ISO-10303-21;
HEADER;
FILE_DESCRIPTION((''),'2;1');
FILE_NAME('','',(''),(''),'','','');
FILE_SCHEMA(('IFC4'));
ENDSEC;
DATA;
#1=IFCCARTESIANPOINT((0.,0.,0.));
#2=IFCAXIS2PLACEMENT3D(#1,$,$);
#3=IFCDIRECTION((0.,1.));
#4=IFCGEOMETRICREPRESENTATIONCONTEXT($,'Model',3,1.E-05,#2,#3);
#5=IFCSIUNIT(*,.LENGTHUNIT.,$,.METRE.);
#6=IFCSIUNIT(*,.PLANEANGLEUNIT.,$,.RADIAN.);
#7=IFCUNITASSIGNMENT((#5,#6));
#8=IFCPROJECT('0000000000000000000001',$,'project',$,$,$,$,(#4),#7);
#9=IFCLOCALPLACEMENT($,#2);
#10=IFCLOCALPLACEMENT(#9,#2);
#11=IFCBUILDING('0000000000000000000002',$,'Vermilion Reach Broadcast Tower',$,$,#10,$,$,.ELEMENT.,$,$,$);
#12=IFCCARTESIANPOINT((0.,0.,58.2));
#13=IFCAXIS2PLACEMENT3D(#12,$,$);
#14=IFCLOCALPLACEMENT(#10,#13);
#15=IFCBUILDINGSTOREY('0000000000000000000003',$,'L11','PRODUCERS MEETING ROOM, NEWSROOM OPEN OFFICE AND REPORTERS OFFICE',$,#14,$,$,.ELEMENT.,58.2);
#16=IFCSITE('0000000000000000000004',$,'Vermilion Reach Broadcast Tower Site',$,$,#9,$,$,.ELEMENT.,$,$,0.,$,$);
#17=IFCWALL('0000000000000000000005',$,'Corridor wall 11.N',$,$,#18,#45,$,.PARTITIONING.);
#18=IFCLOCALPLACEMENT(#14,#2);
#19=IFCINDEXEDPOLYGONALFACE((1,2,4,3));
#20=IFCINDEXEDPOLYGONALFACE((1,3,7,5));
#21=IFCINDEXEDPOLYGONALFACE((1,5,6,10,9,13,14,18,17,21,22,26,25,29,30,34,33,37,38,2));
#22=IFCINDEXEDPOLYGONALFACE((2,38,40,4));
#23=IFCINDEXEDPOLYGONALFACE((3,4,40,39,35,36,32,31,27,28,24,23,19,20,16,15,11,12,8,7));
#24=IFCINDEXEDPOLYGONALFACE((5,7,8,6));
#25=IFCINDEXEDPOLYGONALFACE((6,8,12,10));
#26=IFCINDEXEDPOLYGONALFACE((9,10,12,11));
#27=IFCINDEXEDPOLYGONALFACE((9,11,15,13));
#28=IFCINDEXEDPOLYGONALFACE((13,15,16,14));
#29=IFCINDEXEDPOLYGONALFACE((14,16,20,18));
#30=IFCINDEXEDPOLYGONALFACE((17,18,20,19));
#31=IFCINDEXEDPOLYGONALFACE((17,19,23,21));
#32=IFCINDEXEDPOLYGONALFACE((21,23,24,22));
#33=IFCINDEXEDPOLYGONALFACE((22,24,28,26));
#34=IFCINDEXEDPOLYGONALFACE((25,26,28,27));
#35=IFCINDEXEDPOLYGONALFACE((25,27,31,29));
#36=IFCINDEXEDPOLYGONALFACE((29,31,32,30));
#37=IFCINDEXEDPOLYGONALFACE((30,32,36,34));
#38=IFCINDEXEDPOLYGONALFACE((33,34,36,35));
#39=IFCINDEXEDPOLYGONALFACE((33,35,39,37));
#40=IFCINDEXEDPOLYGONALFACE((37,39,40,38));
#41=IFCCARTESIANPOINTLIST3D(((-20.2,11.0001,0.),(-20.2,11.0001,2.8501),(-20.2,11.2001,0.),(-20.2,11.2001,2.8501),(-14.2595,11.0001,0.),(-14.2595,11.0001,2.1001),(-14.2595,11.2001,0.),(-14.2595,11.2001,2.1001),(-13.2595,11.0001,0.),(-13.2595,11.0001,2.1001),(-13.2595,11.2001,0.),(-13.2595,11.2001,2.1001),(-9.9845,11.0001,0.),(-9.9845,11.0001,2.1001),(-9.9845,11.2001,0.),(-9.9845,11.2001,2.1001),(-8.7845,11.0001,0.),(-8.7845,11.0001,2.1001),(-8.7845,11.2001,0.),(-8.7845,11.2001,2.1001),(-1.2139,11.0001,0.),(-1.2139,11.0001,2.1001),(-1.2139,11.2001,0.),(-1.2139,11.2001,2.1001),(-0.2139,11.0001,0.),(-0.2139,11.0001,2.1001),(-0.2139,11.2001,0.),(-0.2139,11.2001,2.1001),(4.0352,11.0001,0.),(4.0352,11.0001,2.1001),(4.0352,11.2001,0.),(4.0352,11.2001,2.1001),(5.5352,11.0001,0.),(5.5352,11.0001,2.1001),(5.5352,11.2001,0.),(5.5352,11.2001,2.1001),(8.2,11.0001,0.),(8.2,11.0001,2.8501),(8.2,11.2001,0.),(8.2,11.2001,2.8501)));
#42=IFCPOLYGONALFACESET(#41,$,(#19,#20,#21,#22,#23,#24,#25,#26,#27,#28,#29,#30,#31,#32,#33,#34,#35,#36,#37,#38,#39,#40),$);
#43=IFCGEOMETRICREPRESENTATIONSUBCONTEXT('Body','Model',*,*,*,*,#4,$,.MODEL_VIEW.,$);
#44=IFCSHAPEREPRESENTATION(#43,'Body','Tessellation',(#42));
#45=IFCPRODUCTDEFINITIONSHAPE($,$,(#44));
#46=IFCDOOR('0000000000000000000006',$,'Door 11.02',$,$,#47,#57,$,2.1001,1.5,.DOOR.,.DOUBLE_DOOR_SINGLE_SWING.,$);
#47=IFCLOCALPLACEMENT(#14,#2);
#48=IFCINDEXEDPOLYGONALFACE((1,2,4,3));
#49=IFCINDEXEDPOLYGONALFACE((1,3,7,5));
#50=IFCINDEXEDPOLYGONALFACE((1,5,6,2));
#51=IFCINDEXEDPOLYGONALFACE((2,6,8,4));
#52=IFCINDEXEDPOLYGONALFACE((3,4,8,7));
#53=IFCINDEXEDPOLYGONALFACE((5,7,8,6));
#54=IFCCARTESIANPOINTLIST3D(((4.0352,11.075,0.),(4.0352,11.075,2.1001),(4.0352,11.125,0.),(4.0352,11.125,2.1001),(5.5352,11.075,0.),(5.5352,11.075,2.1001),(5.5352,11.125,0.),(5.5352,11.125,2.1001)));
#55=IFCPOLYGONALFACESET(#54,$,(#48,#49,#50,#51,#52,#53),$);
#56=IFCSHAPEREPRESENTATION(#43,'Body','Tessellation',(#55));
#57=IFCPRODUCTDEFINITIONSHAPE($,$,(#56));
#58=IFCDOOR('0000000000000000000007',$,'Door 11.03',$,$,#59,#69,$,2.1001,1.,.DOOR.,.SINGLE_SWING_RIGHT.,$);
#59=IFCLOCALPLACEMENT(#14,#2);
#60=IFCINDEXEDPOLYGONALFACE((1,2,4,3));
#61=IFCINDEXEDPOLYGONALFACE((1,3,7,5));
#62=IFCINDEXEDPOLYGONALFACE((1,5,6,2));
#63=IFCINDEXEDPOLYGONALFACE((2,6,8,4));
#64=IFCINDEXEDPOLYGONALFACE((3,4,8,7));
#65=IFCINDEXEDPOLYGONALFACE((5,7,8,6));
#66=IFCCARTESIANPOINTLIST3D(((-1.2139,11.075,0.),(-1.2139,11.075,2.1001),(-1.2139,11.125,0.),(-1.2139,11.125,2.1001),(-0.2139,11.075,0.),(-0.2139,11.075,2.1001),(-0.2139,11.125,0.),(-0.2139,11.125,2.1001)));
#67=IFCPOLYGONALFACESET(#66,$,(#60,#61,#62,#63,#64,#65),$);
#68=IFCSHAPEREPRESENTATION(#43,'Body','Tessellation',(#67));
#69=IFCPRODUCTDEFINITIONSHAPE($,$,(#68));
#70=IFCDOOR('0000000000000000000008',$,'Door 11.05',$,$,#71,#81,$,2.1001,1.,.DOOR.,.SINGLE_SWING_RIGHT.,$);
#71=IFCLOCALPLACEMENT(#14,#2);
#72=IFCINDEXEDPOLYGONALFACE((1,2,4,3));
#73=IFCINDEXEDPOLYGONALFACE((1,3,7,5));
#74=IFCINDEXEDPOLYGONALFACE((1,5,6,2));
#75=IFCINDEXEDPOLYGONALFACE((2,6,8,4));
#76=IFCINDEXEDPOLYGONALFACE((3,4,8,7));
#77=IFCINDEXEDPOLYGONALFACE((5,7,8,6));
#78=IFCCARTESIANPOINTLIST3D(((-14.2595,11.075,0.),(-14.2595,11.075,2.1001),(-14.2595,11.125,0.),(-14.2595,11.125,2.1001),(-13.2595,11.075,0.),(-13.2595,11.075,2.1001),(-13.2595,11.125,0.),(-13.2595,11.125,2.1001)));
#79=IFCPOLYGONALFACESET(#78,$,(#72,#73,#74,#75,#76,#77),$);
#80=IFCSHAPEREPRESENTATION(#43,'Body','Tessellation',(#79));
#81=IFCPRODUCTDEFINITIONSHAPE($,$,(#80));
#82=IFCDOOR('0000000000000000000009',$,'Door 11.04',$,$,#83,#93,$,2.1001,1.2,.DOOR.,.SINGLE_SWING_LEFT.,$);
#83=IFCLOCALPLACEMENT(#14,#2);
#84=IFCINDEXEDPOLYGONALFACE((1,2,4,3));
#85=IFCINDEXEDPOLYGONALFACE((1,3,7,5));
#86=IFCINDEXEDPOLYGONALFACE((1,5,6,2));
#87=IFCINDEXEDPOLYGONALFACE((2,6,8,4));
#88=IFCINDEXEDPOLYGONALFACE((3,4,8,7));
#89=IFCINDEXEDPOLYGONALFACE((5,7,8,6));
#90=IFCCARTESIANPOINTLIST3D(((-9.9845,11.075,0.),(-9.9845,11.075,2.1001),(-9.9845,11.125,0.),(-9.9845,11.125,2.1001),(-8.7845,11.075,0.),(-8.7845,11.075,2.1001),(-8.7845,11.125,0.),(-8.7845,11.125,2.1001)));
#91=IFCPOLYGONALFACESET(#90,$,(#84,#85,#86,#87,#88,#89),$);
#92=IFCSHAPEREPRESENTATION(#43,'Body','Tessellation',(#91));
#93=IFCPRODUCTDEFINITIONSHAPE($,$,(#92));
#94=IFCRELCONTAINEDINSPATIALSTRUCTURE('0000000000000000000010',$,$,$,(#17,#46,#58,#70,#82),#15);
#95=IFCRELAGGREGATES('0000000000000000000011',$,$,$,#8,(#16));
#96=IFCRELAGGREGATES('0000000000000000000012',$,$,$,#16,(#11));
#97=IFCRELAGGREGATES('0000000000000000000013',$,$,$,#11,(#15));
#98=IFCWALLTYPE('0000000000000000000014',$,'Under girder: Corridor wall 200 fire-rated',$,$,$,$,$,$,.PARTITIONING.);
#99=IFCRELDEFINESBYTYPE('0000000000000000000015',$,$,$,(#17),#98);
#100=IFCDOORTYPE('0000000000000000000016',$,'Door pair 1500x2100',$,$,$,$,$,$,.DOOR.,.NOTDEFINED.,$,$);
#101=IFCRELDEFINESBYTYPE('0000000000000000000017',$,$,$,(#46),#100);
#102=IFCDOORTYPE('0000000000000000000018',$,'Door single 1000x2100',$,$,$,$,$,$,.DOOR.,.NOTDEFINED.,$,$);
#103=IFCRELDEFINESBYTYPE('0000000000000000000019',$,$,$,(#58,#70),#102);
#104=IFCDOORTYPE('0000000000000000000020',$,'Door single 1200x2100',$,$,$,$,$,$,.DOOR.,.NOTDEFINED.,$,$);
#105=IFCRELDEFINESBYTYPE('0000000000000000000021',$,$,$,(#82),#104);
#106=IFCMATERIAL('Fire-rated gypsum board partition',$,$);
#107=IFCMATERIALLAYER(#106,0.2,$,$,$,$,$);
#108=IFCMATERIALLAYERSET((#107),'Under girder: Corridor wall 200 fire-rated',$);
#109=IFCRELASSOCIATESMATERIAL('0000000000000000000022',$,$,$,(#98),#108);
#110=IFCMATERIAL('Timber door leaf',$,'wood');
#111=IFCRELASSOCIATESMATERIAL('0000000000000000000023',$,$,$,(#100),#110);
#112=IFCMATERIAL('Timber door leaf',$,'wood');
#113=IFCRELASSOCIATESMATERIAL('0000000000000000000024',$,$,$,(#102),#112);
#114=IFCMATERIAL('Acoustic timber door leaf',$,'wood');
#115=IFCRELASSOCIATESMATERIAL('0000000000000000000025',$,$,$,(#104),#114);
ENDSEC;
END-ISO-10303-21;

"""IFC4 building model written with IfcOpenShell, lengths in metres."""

from ifc_helpers import new_model, si_unit, direction, frame, frame_2d, origin, place, context, subcontext, project, spatial, rectangle, extrude, material, layer, layer_set, type_object, element, fill, save


model = new_model("IFC4")

# Units and contexts
model_context = context("Model", 3, precision=1e-05, world=origin(), true_north=direction((0.0, 1.0)))
body_context = subcontext(model_context, "Body", "Model", "MODEL_VIEW")
ifc_project = project(units=[si_unit("LENGTHUNIT", "METRE"), si_unit("PLANEANGLEUNIT", "RADIAN")], contexts=[model_context])

# Site, building, storey
site_placement = place(None, origin())
site = spatial("IfcSite", under=ifc_project, at=site_placement, Name="Vermilion Reach Broadcast Tower Site", CompositionType="ELEMENT", RefElevation=0.0)
building_placement = place(site_placement, origin())
building = spatial("IfcBuilding", under=site, at=building_placement, Name="Vermilion Reach Broadcast Tower", CompositionType="ELEMENT")
storey_placement = place(building_placement, frame((0.0, 0.0, 58.2)))
storey = spatial("IfcBuildingStorey", under=building, at=storey_placement, Name="L11", Description="PRODUCERS MEETING ROOM, NEWSROOM OPEN OFFICE AND REPORTERS OFFICE", CompositionType="ELEMENT", Elevation=58.2)

# Wall, openings, doors
ifc_material_1 = material(Name="Fire-rated gypsum board partition")
ifc_layer_1 = layer(ifc_material_1, 0.2)
ifc_layer_set_1 = layer_set([ifc_layer_1], Name="Under girder: Corridor wall 200 fire-rated")
wall_type_1 = type_object("IfcWallType", Name="Under girder: Corridor wall 200 fire-rated", PredefinedType="PARTITIONING", material=ifc_layer_set_1)
wall_1_placement = place(storey_placement, frame((-20.2, 11.1001, 0.0), z_axis=(0.0, 0.0, 1.0), x_axis=(1.0, 0.0, 0.0)))
wall_1 = element("IfcWall", 1, at=wall_1_placement, inside=storey, type_object=wall_type_1, Name="Corridor wall 11.N", PredefinedType="PARTITIONING", context=body_context, shape_type="SweptSolid", body=[
    extrude(rectangle(XDim=28.3999, YDim=0.2, at=frame_2d((14.2, 0.0))), origin(), (0.0, 0.0, 1.0), 2.8501),
])
opening_1_placement = place(wall_1_placement, frame((24.2351, 0.0, 0.0)))
opening_1 = element("IfcOpeningElement", 2, at=opening_1_placement, cuts=wall_1, PredefinedType="OPENING", context=body_context, shape_type="SweptSolid", body=[
    extrude(rectangle(XDim=1.5, YDim=2.1001, at=frame_2d((0.75, 1.05))), frame((0.0, 0.1099, 0.0), z_axis=(0.0, -1.0, 0.0), x_axis=(1.0, 0.0, 0.0)), (0.0, 0.0, 1.0), 0.22),
])
opening_2_placement = place(wall_1_placement, frame((18.9861, 0.0, 0.0)))
opening_2 = element("IfcOpeningElement", 3, at=opening_2_placement, cuts=wall_1, PredefinedType="OPENING", context=body_context, shape_type="SweptSolid", body=[
    extrude(rectangle(XDim=1.0, YDim=2.1001, at=frame_2d((0.5, 1.05))), frame((0.0, 0.1099, 0.0), z_axis=(0.0, -1.0, 0.0), x_axis=(1.0, 0.0, 0.0)), (0.0, 0.0, 1.0), 0.22),
])
opening_3_placement = place(wall_1_placement, frame((10.2153, 0.0, 0.0)))
opening_3 = element("IfcOpeningElement", 4, at=opening_3_placement, cuts=wall_1, PredefinedType="OPENING", context=body_context, shape_type="SweptSolid", body=[
    extrude(rectangle(XDim=1.2, YDim=2.1001, at=frame_2d((0.6001, 1.05))), frame((0.0, 0.1099, 0.0), z_axis=(0.0, -1.0, 0.0), x_axis=(1.0, 0.0, 0.0)), (0.0, 0.0, 1.0), 0.22),
])
opening_4_placement = place(wall_1_placement, frame((5.9404, 0.0, 0.0)))
opening_4 = element("IfcOpeningElement", 5, at=opening_4_placement, cuts=wall_1, PredefinedType="OPENING", context=body_context, shape_type="SweptSolid", body=[
    extrude(rectangle(XDim=1.0, YDim=2.1001, at=frame_2d((0.5, 1.05))), frame((0.0, 0.1099, 0.0), z_axis=(0.0, -1.0, 0.0), x_axis=(1.0, 0.0, 0.0)), (0.0, 0.0, 1.0), 0.22),
])
ifc_material_2 = material(Name="Timber door leaf", Category="wood")
door_type_1 = type_object("IfcDoorType", Name="Door pair 1500x2100", OperationType="NOTDEFINED", PredefinedType="DOOR", material=ifc_material_2)
door_1_placement = place(opening_1_placement, origin())
door_1 = element("IfcDoor", 6, at=door_1_placement, inside=storey, type_object=door_type_1, Name="Door 11.02", OperationType="DOUBLE_DOOR_SINGLE_SWING", OverallHeight=2.1001, OverallWidth=1.5, PredefinedType="DOOR", context=body_context, shape_type="SweptSolid", body=[
    extrude(rectangle(XDim=1.5, YDim=2.1001, at=frame_2d((0.75, 1.05))), frame((0.0, 0.0249, 0.0), z_axis=(0.0, -1.0, 0.0), x_axis=(1.0, 0.0, 0.0)), (0.0, 0.0, 1.0), 0.05),
])
fill(opening_1, door_1)
ifc_material_3 = material(Name="Timber door leaf", Category="wood")
door_type_2 = type_object("IfcDoorType", Name="Door single 1000x2100", OperationType="NOTDEFINED", PredefinedType="DOOR", material=ifc_material_3)
door_2_placement = place(opening_2_placement, origin())
door_2 = element("IfcDoor", 7, at=door_2_placement, inside=storey, type_object=door_type_2, Name="Door 11.03", OperationType="SINGLE_SWING_RIGHT", OverallHeight=2.1001, OverallWidth=1.0, PredefinedType="DOOR", context=body_context, shape_type="SweptSolid", body=[
    extrude(rectangle(XDim=1.0, YDim=2.1001, at=frame_2d((0.5, 1.05))), frame((0.0, 0.0249, 0.0), z_axis=(0.0, -1.0, 0.0), x_axis=(1.0, 0.0, 0.0)), (0.0, 0.0, 1.0), 0.05),
])
fill(opening_2, door_2)
door_3_placement = place(opening_4_placement, origin())
door_3 = element("IfcDoor", 8, at=door_3_placement, inside=storey, type_object=door_type_2, Name="Door 11.05", OperationType="SINGLE_SWING_RIGHT", OverallHeight=2.1001, OverallWidth=1.0, PredefinedType="DOOR", context=body_context, shape_type="SweptSolid", body=[
    extrude(rectangle(XDim=1.0, YDim=2.1001, at=frame_2d((0.5, 1.05))), frame((0.0, 0.0249, 0.0), z_axis=(0.0, -1.0, 0.0), x_axis=(1.0, 0.0, 0.0)), (0.0, 0.0, 1.0), 0.05),
])
fill(opening_4, door_3)
ifc_material_4 = material(Name="Acoustic timber door leaf", Category="wood")
door_type_3 = type_object("IfcDoorType", Name="Door single 1200x2100", OperationType="NOTDEFINED", PredefinedType="DOOR", material=ifc_material_4)
door_4_placement = place(opening_3_placement, origin())
door_4 = element("IfcDoor", 9, at=door_4_placement, inside=storey, type_object=door_type_3, Name="Door 11.04", OperationType="SINGLE_SWING_LEFT", OverallHeight=2.1001, OverallWidth=1.2, PredefinedType="DOOR", context=body_context, shape_type="SweptSolid", body=[
    extrude(rectangle(XDim=1.2, YDim=2.1001, at=frame_2d((0.6001, 1.05))), frame((0.0, 0.0249, 0.0), z_axis=(0.0, -1.0, 0.0), x_axis=(1.0, 0.0, 0.0)), (0.0, 0.0, 1.0), 0.05),
])
fill(opening_3, door_4)

save(model, "model.ifc")
